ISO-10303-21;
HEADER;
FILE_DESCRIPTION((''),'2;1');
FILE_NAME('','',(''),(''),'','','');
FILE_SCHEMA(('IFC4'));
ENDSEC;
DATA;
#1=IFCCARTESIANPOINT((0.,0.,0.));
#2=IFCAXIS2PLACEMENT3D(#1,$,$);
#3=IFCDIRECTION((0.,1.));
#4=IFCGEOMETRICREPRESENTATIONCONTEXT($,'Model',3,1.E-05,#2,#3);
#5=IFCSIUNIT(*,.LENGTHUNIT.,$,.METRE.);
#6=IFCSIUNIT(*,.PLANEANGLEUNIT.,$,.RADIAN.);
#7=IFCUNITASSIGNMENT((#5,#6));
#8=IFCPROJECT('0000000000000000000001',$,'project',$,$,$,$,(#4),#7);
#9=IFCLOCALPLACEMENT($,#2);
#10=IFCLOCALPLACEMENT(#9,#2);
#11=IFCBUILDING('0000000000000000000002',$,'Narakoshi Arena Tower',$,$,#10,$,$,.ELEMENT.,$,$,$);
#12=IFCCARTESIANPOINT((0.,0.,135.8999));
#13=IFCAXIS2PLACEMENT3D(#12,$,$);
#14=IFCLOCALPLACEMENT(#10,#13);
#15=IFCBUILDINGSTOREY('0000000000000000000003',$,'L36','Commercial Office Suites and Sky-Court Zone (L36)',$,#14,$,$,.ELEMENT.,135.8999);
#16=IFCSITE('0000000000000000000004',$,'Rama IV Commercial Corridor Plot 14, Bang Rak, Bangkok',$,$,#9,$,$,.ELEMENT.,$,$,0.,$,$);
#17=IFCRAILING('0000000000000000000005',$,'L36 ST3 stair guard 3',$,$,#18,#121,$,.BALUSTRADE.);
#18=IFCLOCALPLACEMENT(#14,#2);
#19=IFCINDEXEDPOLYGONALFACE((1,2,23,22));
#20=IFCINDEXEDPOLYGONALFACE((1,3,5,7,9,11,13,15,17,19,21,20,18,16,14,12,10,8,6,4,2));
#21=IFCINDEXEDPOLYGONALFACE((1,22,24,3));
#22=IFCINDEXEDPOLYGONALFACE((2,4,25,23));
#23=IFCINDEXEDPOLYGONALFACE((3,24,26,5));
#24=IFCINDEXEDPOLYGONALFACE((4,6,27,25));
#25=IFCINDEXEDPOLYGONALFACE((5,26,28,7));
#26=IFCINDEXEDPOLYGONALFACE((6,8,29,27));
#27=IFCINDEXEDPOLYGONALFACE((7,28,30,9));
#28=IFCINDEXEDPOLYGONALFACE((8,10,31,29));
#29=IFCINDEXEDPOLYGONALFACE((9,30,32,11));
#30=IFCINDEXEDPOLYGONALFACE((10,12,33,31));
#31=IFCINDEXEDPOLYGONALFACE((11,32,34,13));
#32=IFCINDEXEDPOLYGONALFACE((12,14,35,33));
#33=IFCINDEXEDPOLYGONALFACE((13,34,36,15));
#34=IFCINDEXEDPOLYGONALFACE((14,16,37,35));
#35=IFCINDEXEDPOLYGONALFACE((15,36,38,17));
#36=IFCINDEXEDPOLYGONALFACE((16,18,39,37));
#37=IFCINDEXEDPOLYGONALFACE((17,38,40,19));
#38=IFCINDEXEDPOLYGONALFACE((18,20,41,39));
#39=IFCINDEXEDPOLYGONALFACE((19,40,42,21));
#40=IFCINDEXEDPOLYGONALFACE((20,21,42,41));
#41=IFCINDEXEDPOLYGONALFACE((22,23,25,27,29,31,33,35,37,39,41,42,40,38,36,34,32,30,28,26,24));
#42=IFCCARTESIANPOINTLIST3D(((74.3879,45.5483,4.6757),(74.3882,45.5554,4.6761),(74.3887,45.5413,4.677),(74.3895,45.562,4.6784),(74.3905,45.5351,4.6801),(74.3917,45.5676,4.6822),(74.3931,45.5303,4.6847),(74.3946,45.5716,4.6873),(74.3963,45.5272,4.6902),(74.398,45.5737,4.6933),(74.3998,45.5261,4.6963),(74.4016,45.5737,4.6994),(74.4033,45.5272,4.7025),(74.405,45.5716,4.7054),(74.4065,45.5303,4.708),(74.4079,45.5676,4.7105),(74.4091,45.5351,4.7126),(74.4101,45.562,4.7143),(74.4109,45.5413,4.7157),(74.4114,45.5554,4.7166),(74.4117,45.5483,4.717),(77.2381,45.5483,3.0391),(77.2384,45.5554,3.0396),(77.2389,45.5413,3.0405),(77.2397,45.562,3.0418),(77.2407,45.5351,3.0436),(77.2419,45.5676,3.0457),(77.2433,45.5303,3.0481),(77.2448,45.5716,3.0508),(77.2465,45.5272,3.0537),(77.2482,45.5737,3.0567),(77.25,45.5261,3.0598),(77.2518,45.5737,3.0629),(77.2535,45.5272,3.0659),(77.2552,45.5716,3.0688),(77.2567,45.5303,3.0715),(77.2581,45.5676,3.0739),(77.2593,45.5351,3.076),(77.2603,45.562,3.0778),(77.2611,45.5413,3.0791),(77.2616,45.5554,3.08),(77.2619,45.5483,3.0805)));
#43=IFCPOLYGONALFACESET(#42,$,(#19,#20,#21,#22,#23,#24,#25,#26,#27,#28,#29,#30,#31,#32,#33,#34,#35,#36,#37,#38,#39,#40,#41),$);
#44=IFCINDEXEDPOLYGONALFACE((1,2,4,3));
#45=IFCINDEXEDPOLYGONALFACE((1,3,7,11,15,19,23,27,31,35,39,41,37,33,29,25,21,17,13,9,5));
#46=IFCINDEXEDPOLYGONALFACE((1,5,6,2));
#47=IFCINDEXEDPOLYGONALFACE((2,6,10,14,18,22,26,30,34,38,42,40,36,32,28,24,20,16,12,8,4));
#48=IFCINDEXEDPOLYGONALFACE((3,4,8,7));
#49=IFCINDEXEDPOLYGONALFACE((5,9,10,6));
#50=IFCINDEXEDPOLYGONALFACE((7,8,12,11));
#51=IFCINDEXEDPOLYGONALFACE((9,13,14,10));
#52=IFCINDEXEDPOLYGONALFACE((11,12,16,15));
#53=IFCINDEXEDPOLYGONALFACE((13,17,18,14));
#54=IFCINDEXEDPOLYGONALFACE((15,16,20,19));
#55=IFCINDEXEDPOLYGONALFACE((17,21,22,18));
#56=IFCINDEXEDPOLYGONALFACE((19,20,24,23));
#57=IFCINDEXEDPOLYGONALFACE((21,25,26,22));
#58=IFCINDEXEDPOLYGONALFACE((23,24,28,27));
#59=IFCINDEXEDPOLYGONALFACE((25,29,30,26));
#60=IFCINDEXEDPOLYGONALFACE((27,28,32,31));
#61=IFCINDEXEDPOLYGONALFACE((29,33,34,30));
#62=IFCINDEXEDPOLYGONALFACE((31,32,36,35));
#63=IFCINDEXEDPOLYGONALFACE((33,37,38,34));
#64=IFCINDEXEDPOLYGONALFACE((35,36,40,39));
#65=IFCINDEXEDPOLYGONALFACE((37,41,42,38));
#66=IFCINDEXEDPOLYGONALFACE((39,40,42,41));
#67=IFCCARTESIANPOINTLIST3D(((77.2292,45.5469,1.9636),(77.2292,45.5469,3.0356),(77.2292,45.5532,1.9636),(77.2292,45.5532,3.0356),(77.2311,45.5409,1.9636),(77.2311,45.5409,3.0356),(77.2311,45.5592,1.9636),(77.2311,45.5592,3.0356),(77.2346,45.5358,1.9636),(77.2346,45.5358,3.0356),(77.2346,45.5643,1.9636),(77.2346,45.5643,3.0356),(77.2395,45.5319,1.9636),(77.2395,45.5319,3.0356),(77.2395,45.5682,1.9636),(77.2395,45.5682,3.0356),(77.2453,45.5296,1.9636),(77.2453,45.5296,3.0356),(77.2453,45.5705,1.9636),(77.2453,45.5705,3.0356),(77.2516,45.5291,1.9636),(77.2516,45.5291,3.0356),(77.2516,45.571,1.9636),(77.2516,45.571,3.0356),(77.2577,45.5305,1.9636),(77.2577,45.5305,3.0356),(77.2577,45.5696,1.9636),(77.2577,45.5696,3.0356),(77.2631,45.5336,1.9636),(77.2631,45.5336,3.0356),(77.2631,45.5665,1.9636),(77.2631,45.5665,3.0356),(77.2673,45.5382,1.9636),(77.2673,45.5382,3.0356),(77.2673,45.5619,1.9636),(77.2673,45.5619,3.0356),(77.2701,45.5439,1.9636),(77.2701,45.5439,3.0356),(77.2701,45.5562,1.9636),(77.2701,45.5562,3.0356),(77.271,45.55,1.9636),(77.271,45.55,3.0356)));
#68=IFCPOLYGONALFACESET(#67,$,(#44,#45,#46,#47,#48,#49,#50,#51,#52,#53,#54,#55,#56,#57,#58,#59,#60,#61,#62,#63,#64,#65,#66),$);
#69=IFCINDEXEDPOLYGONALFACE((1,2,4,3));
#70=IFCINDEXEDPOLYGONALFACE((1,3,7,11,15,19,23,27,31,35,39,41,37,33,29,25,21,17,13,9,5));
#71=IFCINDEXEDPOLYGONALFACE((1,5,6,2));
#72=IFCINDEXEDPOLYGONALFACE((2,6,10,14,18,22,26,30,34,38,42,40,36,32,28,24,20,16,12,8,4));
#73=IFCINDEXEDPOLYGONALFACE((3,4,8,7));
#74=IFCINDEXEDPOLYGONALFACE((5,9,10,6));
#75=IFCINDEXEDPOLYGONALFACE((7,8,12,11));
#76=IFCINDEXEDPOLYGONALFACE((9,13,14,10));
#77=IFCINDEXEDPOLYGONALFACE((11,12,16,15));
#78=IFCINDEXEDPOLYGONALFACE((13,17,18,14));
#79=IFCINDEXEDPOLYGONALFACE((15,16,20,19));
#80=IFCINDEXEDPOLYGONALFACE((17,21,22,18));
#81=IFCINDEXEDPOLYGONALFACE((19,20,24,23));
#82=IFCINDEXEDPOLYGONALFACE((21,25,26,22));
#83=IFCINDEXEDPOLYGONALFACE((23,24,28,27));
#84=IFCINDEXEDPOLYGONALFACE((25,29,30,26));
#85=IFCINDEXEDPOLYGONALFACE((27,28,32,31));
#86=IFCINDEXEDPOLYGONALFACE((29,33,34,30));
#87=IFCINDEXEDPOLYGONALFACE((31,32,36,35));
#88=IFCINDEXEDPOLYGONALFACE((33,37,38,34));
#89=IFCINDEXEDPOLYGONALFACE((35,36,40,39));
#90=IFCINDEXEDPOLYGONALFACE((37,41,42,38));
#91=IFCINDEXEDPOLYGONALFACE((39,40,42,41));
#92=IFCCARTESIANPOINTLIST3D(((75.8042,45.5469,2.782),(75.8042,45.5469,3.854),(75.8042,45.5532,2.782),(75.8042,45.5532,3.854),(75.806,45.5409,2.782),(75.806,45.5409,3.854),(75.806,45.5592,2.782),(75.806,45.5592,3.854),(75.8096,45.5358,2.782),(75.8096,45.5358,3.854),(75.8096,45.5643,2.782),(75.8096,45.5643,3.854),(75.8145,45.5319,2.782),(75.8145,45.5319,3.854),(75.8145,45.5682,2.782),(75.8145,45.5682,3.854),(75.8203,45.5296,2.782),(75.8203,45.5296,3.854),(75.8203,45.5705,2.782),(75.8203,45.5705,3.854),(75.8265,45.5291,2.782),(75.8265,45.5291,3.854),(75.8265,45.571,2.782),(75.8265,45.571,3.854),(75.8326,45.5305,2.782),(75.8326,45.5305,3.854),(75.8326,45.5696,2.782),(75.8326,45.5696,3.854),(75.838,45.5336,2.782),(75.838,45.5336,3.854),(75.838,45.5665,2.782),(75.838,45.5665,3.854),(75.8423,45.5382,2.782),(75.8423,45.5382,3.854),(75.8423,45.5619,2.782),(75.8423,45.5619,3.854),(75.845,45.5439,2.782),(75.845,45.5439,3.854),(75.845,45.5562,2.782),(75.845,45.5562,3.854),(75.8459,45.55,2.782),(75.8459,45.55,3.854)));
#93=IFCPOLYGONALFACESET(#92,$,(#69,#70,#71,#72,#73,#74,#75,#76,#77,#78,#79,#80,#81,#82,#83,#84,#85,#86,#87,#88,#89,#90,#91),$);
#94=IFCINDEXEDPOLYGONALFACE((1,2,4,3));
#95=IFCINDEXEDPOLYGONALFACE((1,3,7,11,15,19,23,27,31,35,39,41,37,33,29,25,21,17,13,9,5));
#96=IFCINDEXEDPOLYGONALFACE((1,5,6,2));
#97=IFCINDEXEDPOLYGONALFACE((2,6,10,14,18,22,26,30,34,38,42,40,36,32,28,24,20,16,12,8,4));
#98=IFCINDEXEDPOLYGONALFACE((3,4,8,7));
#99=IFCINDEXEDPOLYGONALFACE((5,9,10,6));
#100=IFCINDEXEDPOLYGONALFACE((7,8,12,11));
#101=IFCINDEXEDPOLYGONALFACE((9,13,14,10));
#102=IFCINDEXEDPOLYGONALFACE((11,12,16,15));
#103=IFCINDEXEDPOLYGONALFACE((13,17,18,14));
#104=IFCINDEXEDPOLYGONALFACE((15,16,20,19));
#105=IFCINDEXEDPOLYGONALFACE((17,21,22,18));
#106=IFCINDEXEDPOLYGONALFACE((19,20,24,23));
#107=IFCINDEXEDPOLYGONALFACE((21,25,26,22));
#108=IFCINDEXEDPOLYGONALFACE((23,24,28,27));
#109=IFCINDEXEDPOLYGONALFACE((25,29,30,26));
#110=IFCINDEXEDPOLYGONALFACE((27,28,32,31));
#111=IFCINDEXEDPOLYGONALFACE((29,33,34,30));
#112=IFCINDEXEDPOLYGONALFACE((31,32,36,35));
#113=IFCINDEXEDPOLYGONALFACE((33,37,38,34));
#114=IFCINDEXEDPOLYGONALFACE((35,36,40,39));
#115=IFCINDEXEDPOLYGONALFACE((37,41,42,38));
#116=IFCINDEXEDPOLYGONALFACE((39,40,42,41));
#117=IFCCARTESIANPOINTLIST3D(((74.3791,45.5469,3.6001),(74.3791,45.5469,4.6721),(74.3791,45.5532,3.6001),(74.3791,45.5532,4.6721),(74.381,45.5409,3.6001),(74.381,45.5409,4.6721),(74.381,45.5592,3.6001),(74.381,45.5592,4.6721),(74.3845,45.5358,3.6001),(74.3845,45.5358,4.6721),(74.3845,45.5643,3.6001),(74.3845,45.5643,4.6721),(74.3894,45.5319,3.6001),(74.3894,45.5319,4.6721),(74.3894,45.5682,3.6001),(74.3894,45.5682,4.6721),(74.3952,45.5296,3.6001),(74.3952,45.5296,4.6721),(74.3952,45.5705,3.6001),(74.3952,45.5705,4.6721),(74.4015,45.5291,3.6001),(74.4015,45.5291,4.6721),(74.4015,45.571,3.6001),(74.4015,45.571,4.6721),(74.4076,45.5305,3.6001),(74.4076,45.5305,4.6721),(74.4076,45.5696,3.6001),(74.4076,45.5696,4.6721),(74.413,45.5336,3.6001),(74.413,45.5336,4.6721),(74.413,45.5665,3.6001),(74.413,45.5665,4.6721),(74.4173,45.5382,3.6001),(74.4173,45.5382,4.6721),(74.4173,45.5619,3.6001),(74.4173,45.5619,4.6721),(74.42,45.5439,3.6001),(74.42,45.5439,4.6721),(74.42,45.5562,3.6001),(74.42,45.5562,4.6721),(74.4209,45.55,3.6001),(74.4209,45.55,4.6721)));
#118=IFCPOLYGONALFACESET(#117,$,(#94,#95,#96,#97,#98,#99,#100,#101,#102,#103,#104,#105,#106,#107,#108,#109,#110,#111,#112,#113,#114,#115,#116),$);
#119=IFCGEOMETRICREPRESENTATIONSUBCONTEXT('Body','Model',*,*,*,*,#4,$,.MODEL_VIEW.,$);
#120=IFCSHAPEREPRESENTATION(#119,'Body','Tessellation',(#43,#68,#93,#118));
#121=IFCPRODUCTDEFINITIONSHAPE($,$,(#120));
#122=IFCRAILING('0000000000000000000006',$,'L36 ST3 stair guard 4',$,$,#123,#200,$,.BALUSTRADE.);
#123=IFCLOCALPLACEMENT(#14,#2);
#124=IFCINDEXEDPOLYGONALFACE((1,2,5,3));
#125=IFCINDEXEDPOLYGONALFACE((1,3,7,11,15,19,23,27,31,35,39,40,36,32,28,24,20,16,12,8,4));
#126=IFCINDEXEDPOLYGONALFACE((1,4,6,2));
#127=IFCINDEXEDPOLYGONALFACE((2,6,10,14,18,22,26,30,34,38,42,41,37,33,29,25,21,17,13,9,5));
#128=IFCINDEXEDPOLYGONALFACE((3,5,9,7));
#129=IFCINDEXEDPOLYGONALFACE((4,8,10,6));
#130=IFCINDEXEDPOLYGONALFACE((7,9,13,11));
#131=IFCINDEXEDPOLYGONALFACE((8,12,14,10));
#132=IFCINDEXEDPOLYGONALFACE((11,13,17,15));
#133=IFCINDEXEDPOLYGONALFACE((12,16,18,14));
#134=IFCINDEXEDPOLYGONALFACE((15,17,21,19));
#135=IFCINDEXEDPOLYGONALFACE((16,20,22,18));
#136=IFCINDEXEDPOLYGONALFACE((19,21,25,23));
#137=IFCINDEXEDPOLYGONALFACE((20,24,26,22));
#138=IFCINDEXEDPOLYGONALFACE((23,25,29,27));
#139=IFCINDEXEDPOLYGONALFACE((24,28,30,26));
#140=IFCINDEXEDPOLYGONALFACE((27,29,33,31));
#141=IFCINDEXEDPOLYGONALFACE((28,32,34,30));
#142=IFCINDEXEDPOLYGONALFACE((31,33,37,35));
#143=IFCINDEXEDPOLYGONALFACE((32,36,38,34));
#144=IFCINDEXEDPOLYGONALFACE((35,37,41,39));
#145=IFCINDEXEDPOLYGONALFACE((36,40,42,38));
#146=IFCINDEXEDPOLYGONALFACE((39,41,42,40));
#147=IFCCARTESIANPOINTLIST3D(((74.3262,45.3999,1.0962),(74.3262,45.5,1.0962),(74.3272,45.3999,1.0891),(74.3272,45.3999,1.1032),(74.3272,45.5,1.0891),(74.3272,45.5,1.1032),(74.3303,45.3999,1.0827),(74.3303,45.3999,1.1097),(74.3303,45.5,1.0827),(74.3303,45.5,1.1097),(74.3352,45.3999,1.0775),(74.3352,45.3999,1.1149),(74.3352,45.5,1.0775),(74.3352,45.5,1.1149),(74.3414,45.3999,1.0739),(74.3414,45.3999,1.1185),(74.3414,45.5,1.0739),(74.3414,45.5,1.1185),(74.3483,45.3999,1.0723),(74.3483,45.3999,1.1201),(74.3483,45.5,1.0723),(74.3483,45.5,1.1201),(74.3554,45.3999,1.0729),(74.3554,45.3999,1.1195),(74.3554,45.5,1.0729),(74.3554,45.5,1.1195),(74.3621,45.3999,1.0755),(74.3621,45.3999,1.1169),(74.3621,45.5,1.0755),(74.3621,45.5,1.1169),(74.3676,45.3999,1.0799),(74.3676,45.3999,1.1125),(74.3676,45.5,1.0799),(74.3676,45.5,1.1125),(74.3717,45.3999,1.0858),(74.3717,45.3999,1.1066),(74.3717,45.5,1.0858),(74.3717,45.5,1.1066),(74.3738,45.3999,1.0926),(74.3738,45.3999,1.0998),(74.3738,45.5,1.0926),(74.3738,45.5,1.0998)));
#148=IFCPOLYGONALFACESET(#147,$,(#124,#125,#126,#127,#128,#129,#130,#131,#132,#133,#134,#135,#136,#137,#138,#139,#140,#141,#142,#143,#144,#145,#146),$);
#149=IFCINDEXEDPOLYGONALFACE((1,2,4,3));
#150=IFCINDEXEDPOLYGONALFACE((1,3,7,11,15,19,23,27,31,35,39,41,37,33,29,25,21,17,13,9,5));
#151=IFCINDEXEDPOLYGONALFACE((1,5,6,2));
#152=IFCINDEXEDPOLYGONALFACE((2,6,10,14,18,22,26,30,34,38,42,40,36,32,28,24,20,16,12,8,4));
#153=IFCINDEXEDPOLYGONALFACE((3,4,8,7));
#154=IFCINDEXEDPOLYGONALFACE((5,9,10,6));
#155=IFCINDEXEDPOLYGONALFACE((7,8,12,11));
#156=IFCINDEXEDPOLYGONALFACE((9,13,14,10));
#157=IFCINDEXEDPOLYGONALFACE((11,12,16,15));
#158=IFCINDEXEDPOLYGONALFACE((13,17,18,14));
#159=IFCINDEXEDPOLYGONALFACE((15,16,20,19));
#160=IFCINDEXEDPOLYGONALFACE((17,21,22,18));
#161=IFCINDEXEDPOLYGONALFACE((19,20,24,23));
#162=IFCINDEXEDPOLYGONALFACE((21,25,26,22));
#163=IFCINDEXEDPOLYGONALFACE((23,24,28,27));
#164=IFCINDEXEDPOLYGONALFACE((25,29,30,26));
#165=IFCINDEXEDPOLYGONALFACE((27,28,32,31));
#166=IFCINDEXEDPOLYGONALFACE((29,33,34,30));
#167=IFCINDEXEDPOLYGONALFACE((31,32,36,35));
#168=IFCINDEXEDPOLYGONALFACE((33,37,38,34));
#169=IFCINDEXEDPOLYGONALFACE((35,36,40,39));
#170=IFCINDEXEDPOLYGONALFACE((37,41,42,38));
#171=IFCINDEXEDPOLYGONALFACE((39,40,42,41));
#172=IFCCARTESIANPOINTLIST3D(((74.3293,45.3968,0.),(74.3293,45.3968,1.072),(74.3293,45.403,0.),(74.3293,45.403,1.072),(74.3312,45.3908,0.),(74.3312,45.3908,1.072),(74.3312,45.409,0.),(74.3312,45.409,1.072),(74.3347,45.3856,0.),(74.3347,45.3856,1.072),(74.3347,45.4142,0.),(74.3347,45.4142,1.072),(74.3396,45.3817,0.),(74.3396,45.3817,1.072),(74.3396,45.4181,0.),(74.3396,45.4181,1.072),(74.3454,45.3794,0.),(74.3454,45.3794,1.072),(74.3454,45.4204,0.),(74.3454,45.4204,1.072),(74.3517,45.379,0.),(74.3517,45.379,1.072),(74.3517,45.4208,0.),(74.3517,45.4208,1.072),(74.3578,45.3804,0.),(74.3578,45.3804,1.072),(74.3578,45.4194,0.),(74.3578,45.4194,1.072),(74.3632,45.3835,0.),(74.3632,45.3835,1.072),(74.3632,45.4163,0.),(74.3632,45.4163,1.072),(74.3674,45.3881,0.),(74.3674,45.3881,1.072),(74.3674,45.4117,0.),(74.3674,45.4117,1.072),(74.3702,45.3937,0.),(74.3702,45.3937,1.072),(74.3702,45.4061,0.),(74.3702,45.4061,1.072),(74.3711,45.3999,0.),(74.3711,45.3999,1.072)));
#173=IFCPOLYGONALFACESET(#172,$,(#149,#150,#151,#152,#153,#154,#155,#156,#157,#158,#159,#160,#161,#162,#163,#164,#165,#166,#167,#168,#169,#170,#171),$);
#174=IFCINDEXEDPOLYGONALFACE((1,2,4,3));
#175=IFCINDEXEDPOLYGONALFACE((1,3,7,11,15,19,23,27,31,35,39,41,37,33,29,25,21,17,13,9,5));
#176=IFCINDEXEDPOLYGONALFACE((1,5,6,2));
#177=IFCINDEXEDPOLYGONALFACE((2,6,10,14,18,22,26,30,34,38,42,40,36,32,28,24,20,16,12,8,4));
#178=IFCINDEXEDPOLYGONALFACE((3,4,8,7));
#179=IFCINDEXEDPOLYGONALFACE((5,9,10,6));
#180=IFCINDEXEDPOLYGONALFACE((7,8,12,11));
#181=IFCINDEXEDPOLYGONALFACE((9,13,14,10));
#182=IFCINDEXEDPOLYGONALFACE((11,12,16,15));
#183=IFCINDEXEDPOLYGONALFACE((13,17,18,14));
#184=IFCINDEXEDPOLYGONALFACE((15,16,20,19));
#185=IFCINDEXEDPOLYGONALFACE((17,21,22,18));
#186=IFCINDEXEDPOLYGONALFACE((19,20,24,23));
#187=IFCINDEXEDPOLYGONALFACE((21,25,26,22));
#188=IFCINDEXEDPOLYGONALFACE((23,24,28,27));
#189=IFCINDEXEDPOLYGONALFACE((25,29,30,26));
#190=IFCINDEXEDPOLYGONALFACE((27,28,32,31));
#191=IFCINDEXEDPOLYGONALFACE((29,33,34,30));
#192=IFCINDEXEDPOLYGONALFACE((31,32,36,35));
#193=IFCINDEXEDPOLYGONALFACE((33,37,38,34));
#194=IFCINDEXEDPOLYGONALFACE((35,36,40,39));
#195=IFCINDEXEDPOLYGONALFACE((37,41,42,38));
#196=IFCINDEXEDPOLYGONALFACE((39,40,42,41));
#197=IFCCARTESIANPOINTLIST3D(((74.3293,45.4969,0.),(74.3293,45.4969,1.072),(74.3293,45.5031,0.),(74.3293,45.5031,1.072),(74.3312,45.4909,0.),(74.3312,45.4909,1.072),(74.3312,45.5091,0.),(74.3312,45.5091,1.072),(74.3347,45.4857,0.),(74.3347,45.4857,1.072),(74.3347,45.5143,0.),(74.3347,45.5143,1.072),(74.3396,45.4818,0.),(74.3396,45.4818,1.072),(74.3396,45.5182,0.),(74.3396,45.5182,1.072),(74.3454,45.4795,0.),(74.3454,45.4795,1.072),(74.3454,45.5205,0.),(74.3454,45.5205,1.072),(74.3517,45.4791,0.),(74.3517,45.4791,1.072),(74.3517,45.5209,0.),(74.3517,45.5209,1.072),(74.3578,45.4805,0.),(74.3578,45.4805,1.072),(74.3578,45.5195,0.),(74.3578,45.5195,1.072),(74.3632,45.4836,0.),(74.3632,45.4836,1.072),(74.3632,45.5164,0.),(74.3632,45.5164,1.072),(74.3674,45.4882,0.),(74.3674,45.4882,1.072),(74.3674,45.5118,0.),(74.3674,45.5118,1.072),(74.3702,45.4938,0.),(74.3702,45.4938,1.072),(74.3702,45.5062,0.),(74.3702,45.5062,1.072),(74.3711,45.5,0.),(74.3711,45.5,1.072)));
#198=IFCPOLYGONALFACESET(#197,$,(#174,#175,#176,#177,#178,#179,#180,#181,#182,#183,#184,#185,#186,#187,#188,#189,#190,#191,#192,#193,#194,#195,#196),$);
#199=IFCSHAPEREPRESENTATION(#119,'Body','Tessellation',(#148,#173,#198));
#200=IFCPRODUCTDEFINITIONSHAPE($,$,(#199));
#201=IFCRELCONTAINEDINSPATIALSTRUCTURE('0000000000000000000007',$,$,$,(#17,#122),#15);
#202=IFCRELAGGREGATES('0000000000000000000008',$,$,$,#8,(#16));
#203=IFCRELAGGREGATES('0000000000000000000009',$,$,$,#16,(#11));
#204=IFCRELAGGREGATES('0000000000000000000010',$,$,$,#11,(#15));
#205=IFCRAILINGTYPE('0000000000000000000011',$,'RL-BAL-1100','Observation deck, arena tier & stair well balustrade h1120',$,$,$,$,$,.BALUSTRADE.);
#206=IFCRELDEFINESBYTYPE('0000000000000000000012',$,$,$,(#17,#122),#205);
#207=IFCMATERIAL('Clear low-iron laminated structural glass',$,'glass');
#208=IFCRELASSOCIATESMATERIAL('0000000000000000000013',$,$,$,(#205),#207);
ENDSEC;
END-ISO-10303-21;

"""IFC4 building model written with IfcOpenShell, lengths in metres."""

from ifc_helpers import new_model, si_unit, direction, frame, origin, origin_2d, place, context, subcontext, project, spatial, circle, extrude, material, type_object, element, save


model = new_model("IFC4")

# Units and contexts
model_context = context("Model", 3, precision=1e-05, world=origin(), true_north=direction((0.0, 1.0)))
body_context = subcontext(model_context, "Body", "Model", "MODEL_VIEW")
ifc_project = project(units=[si_unit("LENGTHUNIT", "METRE"), si_unit("PLANEANGLEUNIT", "RADIAN")], contexts=[model_context])

# Site, building, storey
site_placement = place(None, origin())
site = spatial("IfcSite", under=ifc_project, at=site_placement, Name="Rama IV Commercial Corridor Plot 14, Bang Rak, Bangkok", CompositionType="ELEMENT", RefElevation=0.0)
building_placement = place(site_placement, origin())
building = spatial("IfcBuilding", under=site, at=building_placement, Name="Narakoshi Arena Tower", CompositionType="ELEMENT")
storey_placement = place(building_placement, frame((0.0, 0.0, 135.8999)))
storey = spatial("IfcBuildingStorey", under=building, at=storey_placement, Name="L36", Description="Commercial Office Suites and Sky-Court Zone (L36)", CompositionType="ELEMENT", Elevation=135.8999)

# Railings
ifc_material_1 = material(Name="Clear low-iron laminated structural glass", Category="glass")
railing_type_1 = type_object("IfcRailingType", Name="RL-BAL-1100", Description="Observation deck, arena tier & stair well balustrade h1120", PredefinedType="BALUSTRADE", material=ifc_material_1)
railing_1_placement = place(storey_placement, frame((77.25, 45.55, 1.9636)))
element("IfcRailing", 1, at=railing_1_placement, inside=storey, type_object=railing_type_1, Name="L36 ST3 stair guard 3", PredefinedType="BALUSTRADE", context=body_context, shape_type="SweptSolid", body=[
    extrude(circle(Radius=0.0239, at=origin_2d()), frame((0.0, 0.0, 1.0962), z_axis=(-0.867213, 0.0, 0.497938), x_axis=(0.0, -1.0, 0.0)), (0.0, 0.0, 1.0), 3.2866),
    extrude(circle(Radius=0.021, at=origin_2d()), origin(), (0.0, 0.0, 1.0), 1.072),
    extrude(circle(Radius=0.021, at=origin_2d()), frame((-1.425, 0.0, 0.8184)), (0.0, 0.0, 1.0), 1.072),
    extrude(circle(Radius=0.021, at=origin_2d()), frame((-2.8501, 0.0, 1.6365)), (0.0, 0.0, 1.0), 1.072),
])
railing_2_placement = place(storey_placement, frame((74.3501, 45.3999, 0.0)))
element("IfcRailing", 2, at=railing_2_placement, inside=storey, type_object=railing_type_1, Name="L36 ST3 stair guard 4", PredefinedType="BALUSTRADE", context=body_context, shape_type="SweptSolid", body=[
    extrude(circle(Radius=0.0239, at=origin_2d()), frame((0.0, 0.0, 1.0962), z_axis=(0.0, 1.0, 0.0), x_axis=(-1.0, 0.0, 0.0)), (0.0, 0.0, 1.0), 0.1001),
    extrude(circle(Radius=0.021, at=origin_2d()), origin(), (0.0, 0.0, 1.0), 1.072),
    extrude(circle(Radius=0.021, at=origin_2d()), frame((0.0, 0.1001, 0.0)), (0.0, 0.0, 1.0), 1.072),
])

save(model, "model.ifc")
